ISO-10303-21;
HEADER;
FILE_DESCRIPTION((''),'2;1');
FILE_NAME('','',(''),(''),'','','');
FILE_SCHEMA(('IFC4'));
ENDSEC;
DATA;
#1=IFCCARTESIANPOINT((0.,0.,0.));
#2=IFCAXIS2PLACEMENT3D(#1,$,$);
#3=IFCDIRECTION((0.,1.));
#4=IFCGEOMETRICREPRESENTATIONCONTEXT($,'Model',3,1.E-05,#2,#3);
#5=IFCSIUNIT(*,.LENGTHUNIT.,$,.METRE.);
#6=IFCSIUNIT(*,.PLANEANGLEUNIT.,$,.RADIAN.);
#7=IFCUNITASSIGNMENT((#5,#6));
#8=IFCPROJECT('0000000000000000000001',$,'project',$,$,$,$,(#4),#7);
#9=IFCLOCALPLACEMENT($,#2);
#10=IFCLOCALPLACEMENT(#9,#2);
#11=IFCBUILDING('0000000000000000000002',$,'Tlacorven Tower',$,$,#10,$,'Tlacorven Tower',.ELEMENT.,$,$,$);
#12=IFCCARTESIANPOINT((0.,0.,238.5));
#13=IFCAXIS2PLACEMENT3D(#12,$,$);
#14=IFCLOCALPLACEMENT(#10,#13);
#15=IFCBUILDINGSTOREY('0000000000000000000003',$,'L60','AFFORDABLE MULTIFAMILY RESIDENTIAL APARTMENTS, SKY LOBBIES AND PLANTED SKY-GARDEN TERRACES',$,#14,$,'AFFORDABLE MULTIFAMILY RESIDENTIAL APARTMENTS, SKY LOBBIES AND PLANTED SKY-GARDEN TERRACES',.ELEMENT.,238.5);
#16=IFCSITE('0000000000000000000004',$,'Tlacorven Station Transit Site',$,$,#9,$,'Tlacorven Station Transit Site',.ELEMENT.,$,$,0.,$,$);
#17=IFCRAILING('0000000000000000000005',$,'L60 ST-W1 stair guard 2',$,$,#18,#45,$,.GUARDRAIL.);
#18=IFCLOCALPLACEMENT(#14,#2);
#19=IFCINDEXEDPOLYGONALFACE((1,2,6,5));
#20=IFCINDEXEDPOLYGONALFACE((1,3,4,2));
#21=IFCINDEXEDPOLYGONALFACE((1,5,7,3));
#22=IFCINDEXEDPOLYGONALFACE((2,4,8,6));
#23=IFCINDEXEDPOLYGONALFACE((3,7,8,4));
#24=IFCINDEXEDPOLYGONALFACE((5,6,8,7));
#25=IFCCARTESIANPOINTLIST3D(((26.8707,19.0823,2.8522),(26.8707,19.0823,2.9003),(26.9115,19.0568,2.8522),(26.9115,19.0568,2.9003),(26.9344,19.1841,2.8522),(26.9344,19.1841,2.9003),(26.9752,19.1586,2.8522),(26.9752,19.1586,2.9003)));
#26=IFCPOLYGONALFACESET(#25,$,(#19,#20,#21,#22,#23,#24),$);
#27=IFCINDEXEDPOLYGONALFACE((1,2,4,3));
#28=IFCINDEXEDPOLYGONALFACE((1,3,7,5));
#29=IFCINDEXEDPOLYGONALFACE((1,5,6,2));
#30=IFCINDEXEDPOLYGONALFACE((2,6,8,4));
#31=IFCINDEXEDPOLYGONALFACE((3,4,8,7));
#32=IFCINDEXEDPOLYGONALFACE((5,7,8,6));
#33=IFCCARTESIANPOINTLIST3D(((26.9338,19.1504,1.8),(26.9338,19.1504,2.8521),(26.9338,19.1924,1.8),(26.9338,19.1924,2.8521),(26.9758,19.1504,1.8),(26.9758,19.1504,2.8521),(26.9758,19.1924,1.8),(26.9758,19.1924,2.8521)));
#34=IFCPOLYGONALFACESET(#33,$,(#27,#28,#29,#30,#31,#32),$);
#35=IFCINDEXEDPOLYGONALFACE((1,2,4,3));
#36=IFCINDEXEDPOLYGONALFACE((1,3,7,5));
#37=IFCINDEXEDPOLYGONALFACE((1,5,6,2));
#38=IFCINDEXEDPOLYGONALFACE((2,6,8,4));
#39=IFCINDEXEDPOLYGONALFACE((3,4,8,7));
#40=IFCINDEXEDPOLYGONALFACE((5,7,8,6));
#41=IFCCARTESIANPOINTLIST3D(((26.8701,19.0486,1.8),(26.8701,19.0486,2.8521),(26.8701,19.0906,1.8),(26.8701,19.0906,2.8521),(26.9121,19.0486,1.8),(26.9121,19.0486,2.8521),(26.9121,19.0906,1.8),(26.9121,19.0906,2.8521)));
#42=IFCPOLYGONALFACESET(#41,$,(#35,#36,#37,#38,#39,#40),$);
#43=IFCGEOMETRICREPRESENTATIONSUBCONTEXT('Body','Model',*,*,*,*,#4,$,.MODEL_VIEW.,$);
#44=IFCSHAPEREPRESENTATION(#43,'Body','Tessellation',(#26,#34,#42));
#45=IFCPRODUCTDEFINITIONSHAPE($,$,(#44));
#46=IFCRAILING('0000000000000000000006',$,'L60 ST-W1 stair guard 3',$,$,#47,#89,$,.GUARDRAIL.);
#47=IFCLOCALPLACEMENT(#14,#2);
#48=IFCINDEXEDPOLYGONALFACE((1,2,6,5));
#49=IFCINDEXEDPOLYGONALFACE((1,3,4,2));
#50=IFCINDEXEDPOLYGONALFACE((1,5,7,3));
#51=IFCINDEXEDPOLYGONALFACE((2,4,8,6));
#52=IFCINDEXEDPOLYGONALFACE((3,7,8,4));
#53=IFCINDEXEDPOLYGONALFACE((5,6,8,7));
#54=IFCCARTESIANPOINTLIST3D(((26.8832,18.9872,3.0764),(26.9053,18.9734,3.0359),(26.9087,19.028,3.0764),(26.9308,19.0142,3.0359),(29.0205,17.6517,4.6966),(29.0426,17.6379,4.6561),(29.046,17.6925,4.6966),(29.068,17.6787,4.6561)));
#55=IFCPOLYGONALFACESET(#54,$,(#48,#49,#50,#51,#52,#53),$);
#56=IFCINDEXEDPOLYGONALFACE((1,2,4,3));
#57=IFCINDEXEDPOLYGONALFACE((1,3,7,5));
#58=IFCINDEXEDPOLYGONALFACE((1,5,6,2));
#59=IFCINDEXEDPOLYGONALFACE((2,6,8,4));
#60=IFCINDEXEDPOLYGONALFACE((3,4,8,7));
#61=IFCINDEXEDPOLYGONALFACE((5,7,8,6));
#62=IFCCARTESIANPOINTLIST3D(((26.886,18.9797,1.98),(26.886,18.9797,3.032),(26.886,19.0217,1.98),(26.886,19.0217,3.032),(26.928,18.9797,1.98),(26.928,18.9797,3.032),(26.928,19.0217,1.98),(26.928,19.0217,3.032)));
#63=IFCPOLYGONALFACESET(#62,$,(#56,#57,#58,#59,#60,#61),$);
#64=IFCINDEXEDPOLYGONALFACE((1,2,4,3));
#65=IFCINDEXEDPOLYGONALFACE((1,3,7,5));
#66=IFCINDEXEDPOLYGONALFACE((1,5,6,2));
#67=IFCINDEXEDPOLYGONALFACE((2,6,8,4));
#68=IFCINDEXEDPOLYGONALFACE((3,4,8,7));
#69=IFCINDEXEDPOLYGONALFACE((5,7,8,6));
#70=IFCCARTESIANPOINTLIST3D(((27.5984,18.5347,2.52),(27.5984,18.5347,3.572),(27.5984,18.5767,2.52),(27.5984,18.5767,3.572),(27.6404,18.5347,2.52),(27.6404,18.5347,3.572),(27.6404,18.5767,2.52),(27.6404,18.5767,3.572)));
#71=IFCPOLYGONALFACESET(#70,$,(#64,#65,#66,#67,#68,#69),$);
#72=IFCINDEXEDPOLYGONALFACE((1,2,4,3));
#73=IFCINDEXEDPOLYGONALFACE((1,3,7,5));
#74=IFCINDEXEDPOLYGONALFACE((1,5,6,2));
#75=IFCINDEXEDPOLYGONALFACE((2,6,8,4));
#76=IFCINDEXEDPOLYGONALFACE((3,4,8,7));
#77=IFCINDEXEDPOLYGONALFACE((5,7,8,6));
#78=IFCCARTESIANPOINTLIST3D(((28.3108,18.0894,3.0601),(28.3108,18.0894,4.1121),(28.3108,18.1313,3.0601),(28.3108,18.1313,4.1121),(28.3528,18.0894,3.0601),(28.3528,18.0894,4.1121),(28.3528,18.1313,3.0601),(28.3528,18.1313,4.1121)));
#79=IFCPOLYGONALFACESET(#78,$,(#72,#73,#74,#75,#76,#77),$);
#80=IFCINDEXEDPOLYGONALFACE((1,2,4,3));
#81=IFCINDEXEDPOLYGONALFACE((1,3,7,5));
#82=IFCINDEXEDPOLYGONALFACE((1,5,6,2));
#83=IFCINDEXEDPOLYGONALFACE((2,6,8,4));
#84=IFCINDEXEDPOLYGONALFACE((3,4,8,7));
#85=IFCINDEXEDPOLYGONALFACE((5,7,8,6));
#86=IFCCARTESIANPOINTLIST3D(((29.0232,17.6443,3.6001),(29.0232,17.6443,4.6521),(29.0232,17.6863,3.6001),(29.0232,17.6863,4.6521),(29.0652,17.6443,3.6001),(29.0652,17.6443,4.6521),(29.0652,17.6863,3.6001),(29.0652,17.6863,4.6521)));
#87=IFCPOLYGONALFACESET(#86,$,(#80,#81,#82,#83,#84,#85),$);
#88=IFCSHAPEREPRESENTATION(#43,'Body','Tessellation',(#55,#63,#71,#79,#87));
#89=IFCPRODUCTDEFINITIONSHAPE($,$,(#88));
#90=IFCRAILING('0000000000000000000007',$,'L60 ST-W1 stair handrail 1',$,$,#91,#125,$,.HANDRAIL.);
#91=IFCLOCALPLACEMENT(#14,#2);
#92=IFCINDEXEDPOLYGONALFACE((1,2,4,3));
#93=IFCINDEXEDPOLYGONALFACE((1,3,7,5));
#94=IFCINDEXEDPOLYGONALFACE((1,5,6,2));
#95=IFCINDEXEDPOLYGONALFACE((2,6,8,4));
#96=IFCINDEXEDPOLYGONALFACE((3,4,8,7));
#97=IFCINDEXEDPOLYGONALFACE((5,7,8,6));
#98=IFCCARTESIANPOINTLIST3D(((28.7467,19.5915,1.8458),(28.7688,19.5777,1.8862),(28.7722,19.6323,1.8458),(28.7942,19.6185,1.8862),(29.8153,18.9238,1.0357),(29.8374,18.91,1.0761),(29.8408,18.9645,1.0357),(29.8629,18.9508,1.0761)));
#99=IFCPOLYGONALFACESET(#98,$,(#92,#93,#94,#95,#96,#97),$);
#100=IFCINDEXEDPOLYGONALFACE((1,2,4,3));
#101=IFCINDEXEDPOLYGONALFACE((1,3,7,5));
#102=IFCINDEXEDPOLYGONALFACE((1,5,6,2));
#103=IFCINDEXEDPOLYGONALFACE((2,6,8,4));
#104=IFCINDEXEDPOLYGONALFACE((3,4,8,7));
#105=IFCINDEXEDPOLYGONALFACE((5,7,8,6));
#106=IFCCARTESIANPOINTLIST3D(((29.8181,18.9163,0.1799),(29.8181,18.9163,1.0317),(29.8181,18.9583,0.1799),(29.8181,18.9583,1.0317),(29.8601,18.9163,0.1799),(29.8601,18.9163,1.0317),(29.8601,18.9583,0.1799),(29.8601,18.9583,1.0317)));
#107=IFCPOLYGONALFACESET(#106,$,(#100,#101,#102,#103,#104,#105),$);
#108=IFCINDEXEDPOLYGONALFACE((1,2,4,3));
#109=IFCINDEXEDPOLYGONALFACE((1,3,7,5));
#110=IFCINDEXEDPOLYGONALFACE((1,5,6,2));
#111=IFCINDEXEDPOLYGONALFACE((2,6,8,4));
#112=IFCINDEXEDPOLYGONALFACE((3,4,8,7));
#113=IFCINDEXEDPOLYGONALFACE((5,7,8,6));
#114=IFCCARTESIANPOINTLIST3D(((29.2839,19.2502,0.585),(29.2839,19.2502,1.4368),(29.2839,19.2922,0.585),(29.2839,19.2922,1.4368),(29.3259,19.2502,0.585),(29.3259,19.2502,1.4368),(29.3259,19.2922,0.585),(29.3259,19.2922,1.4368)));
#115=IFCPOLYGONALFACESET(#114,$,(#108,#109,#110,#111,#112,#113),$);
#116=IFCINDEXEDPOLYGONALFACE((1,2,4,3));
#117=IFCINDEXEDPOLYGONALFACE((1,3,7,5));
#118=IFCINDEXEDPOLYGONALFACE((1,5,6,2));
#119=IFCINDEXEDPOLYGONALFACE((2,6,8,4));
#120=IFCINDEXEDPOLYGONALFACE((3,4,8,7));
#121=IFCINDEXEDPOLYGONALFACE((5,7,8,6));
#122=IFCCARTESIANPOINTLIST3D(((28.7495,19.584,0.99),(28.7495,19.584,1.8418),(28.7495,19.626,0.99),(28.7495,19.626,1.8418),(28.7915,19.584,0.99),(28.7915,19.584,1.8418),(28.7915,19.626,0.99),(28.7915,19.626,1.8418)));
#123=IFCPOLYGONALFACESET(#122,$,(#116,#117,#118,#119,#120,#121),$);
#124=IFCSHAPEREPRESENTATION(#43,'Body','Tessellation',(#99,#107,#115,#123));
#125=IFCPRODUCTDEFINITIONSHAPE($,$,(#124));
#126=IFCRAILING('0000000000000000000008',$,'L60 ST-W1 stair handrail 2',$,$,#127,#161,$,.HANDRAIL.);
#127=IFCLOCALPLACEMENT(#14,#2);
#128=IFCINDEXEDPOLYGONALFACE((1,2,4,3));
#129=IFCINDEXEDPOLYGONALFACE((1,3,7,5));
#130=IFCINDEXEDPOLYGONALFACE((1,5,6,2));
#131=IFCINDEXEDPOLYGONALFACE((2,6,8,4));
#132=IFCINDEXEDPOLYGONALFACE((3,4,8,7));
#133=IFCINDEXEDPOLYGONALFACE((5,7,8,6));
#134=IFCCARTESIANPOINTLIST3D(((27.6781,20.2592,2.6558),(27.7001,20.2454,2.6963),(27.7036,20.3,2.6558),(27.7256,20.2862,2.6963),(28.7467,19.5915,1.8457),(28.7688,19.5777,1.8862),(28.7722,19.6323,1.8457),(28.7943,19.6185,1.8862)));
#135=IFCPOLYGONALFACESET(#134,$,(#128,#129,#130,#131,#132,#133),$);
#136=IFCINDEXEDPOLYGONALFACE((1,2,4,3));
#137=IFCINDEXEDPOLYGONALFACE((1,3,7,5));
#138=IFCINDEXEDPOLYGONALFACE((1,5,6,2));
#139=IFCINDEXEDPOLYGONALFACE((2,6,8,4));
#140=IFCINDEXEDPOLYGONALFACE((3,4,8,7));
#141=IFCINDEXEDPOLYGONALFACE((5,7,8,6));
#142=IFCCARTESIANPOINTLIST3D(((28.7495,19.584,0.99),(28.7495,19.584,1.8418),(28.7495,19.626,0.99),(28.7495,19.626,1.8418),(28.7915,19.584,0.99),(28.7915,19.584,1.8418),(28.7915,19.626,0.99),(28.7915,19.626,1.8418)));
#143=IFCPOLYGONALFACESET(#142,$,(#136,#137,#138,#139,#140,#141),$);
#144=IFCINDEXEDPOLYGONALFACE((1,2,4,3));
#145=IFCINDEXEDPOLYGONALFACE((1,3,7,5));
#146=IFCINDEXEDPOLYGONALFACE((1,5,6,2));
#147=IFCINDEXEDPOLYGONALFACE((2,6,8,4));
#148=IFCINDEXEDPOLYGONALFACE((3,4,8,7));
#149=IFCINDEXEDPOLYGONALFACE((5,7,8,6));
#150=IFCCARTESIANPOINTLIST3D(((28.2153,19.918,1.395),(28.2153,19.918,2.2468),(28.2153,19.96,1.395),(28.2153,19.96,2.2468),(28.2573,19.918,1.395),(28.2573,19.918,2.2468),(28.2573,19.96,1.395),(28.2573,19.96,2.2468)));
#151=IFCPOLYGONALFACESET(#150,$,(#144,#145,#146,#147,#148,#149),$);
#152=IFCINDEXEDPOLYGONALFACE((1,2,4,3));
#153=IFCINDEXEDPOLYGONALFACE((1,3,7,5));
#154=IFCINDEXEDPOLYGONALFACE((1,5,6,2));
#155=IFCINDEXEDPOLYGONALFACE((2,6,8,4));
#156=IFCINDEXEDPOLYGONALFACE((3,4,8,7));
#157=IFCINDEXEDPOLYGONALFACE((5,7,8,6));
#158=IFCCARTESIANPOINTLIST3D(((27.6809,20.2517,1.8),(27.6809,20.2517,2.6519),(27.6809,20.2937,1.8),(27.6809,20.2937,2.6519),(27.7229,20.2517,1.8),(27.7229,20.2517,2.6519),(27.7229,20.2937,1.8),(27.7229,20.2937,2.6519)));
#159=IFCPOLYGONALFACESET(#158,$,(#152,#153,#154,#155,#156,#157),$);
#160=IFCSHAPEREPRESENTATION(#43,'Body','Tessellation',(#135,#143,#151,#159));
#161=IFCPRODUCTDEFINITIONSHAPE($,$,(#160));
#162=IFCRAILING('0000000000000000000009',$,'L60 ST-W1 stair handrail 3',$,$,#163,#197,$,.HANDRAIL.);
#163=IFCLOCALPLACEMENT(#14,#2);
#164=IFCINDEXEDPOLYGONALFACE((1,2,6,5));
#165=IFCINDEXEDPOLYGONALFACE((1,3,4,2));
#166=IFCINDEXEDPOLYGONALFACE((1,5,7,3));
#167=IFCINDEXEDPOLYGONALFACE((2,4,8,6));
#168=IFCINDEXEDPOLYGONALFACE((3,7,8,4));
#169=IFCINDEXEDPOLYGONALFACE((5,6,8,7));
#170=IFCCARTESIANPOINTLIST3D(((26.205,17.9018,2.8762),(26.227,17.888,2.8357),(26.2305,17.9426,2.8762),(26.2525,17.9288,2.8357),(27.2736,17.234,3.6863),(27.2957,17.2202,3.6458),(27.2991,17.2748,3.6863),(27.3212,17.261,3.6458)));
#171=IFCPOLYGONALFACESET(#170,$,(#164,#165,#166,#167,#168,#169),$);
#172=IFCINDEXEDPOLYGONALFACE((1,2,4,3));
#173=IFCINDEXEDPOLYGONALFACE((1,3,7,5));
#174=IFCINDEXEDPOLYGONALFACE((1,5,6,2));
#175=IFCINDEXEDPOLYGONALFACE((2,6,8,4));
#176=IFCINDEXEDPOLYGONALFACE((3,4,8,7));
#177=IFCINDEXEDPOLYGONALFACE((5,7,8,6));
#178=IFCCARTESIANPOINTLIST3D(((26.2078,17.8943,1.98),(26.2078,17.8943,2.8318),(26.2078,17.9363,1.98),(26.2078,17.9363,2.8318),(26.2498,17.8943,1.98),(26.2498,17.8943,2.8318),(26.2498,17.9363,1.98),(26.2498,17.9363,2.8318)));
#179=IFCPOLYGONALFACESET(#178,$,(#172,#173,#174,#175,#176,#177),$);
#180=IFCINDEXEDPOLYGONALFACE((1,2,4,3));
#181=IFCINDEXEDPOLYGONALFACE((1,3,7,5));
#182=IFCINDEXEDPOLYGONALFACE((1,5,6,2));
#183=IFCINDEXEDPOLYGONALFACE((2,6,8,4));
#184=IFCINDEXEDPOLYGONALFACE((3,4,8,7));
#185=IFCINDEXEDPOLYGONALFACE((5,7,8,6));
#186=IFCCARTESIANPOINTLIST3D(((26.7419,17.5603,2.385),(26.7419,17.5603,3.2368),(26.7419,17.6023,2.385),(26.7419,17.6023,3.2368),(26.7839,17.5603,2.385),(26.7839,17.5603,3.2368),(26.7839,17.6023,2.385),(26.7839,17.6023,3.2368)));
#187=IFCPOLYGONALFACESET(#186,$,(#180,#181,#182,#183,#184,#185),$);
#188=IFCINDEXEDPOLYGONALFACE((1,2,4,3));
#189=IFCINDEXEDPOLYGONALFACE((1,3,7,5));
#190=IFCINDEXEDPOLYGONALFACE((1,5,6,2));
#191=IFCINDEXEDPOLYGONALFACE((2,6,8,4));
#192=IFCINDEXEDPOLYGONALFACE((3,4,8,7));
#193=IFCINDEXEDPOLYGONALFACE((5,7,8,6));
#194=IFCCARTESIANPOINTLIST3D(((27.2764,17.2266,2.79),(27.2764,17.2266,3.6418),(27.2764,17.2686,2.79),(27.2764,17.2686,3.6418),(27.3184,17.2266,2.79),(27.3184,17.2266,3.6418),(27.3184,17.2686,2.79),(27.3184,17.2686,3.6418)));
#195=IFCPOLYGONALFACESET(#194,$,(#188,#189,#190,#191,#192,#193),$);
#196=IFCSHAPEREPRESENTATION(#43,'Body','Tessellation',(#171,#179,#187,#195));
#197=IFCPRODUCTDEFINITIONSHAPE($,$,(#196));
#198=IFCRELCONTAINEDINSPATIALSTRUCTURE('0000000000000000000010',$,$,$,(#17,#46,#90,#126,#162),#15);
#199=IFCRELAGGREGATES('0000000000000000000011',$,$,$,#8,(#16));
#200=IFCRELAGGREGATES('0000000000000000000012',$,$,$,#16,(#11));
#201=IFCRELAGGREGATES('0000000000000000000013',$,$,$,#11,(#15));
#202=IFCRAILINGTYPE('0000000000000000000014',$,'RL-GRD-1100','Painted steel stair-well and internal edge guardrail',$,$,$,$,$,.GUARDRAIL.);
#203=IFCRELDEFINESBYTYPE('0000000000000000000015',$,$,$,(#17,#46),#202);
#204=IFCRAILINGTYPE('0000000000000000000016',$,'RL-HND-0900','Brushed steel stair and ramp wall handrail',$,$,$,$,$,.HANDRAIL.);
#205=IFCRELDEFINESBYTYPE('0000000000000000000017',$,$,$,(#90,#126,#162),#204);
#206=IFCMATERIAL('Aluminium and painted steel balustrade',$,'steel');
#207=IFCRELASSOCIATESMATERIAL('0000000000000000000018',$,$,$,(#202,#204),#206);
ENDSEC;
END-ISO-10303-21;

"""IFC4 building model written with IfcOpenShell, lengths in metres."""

from ifc_helpers import new_model, si_unit, direction, frame, origin, origin_2d, place, context, subcontext, project, spatial, rectangle, extrude, source, transform, mapped, material, type_object, element, save


model = new_model("IFC4")

# Units and contexts
model_context = context("Model", 3, precision=1e-05, world=origin(), true_north=direction((0.0, 1.0)))
body_context = subcontext(model_context, "Body", "Model", "MODEL_VIEW")
ifc_project = project(units=[si_unit("LENGTHUNIT", "METRE"), si_unit("PLANEANGLEUNIT", "RADIAN")], contexts=[model_context])

# Site, building, storey
site_placement = place(None, origin())
site = spatial("IfcSite", under=ifc_project, at=site_placement, Name="Tlacorven Station Transit Site", LongName="Tlacorven Station Transit Site", CompositionType="ELEMENT", RefElevation=0.0)
building_placement = place(site_placement, origin())
building = spatial("IfcBuilding", under=site, at=building_placement, Name="Tlacorven Tower", LongName="Tlacorven Tower", CompositionType="ELEMENT")
storey_placement = place(building_placement, frame((0.0, 0.0, 238.5)))
storey = spatial("IfcBuildingStorey", under=building, at=storey_placement, Name="L60", Description="AFFORDABLE MULTIFAMILY RESIDENTIAL APARTMENTS, SKY LOBBIES AND PLANTED SKY-GARDEN TERRACES", LongName="AFFORDABLE MULTIFAMILY RESIDENTIAL APARTMENTS, SKY LOBBIES AND PLANTED SKY-GARDEN TERRACES", CompositionType="ELEMENT", Elevation=238.5)

# Railings
ifc_material_1 = material(Name="Aluminium and painted steel balustrade", Category="steel")
railing_type_1 = type_object("IfcRailingType", Name="RL-GRD-1100", Description="Painted steel stair-well and internal edge guardrail", PredefinedType="GUARDRAIL", material=ifc_material_1)
shared_shape_1 = source(origin(), body_context, "Body", "SweptSolid", [
    extrude(rectangle(XDim=0.0481, YDim=0.0481, at=origin_2d()), frame((0.0, 0.0, 1.0762), z_axis=(-0.530547, -0.847656, 0.0), x_axis=(0.847656, -0.530547, 0.0)), (0.0, 0.0, 1.0), 0.1201),
    extrude(rectangle(XDim=0.042, YDim=0.042, at=origin_2d()), origin(), (0.0, 0.0, 1.0), 1.052),
    extrude(rectangle(XDim=0.042, YDim=0.042, at=origin_2d()), frame((-0.0637, -0.1018, 0.0)), (0.0, 0.0, 1.0), 1.052),
])
railing_1_placement = place(storey_placement, frame((26.9548, 19.1714, 1.8)))
element("IfcRailing", 1, at=railing_1_placement, inside=storey, type_object=railing_type_1, Name="L60 ST-W1 stair guard 2", PredefinedType="GUARDRAIL", context=body_context, shape_type="MappedRepresentation", body=[
    mapped(shared_shape_1, transform((0.0, 0.0, 0.0), scale=1.0)),
])
shared_shape_2 = source(origin(), body_context, "Body", "SweptSolid", [
    extrude(rectangle(XDim=0.0481, YDim=0.0481, at=origin_2d()), frame((0.0, 0.0, 1.0762), z_axis=(0.71336, -0.445748, 0.540765), x_axis=(0.529912, 0.848053, 0.0)), (0.0, 0.0, 1.0), 2.9961),
    extrude(rectangle(XDim=0.042, YDim=0.042, at=origin_2d()), origin(), (0.0, 0.0, 1.0), 1.052),
    extrude(rectangle(XDim=0.042, YDim=0.042, at=origin_2d()), frame((0.7124, -0.4451, 0.54)), (0.0, 0.0, 1.0), 1.052),
    extrude(rectangle(XDim=0.042, YDim=0.042, at=origin_2d()), frame((1.4248, -0.8904, 1.0801)), (0.0, 0.0, 1.0), 1.052),
    extrude(rectangle(XDim=0.042, YDim=0.042, at=origin_2d()), frame((2.1372, -1.3354, 1.6201)), (0.0, 0.0, 1.0), 1.052),
])
railing_2_placement = place(storey_placement, frame((26.907, 19.0007, 1.98)))
element("IfcRailing", 2, at=railing_2_placement, inside=storey, type_object=railing_type_1, Name="L60 ST-W1 stair guard 3", PredefinedType="GUARDRAIL", context=body_context, shape_type="MappedRepresentation", body=[
    mapped(shared_shape_2, transform((0.0, 0.0, 0.0), scale=1.0)),
])
railing_type_2 = type_object("IfcRailingType", Name="RL-HND-0900", Description="Brushed steel stair and ramp wall handrail", PredefinedType="HANDRAIL", material=ifc_material_1)
shared_shape_3 = source(origin(), body_context, "Body", "SweptSolid", [
    extrude(rectangle(XDim=0.0481, YDim=0.0481, at=origin_2d()), frame((0.0, 0.0, 0.876), z_axis=(-0.71336, 0.445748, 0.540765), x_axis=(-0.529912, -0.848053, 0.0)), (0.0, 0.0, 1.0), 1.498),
    extrude(rectangle(XDim=0.042, YDim=0.042, at=origin_2d()), origin(), (0.0, 0.0, 1.0), 0.8518),
    extrude(rectangle(XDim=0.042, YDim=0.042, at=origin_2d()), frame((-0.5342, 0.334, 0.405)), (0.0, 0.0, 1.0), 0.8518),
    extrude(rectangle(XDim=0.042, YDim=0.042, at=origin_2d()), frame((-1.0686, 0.6677, 0.8101)), (0.0, 0.0, 1.0), 0.8518),
])
for number, where, name in (
    (3, (29.8391, 18.9373, 0.1799), "L60 ST-W1 stair handrail 1"),
    (4, (28.7705, 19.605, 0.99), "L60 ST-W1 stair handrail 2"),
):
    element("IfcRailing", number, at=place(storey_placement, frame(where)), inside=storey, type_object=railing_type_2, Name=name, PredefinedType="HANDRAIL", context=body_context, shape_type="MappedRepresentation", body=[
        mapped(shared_shape_3, transform((0.0, 0.0, 0.0), scale=1.0)),
    ])
shared_shape_4 = source(origin(), body_context, "Body", "SweptSolid", [
    extrude(rectangle(XDim=0.0481, YDim=0.0481, at=origin_2d()), frame((0.0, 0.0, 0.876), z_axis=(0.71336, -0.445748, 0.540765), x_axis=(0.529912, 0.848053, 0.0)), (0.0, 0.0, 1.0), 1.498),
    extrude(rectangle(XDim=0.042, YDim=0.042, at=origin_2d()), origin(), (0.0, 0.0, 1.0), 0.8518),
    extrude(rectangle(XDim=0.042, YDim=0.042, at=origin_2d()), frame((0.5342, -0.334, 0.405)), (0.0, 0.0, 1.0), 0.8518),
    extrude(rectangle(XDim=0.042, YDim=0.042, at=origin_2d()), frame((1.0686, -0.6677, 0.8101)), (0.0, 0.0, 1.0), 0.8518),
])
railing_3_placement = place(storey_placement, frame((26.2288, 17.9153, 1.98)))
element("IfcRailing", 5, at=railing_3_placement, inside=storey, type_object=railing_type_2, Name="L60 ST-W1 stair handrail 3", PredefinedType="HANDRAIL", context=body_context, shape_type="MappedRepresentation", body=[
    mapped(shared_shape_4, transform((0.0, 0.0, 0.0), scale=1.0)),
])

save(model, "model.ifc")
